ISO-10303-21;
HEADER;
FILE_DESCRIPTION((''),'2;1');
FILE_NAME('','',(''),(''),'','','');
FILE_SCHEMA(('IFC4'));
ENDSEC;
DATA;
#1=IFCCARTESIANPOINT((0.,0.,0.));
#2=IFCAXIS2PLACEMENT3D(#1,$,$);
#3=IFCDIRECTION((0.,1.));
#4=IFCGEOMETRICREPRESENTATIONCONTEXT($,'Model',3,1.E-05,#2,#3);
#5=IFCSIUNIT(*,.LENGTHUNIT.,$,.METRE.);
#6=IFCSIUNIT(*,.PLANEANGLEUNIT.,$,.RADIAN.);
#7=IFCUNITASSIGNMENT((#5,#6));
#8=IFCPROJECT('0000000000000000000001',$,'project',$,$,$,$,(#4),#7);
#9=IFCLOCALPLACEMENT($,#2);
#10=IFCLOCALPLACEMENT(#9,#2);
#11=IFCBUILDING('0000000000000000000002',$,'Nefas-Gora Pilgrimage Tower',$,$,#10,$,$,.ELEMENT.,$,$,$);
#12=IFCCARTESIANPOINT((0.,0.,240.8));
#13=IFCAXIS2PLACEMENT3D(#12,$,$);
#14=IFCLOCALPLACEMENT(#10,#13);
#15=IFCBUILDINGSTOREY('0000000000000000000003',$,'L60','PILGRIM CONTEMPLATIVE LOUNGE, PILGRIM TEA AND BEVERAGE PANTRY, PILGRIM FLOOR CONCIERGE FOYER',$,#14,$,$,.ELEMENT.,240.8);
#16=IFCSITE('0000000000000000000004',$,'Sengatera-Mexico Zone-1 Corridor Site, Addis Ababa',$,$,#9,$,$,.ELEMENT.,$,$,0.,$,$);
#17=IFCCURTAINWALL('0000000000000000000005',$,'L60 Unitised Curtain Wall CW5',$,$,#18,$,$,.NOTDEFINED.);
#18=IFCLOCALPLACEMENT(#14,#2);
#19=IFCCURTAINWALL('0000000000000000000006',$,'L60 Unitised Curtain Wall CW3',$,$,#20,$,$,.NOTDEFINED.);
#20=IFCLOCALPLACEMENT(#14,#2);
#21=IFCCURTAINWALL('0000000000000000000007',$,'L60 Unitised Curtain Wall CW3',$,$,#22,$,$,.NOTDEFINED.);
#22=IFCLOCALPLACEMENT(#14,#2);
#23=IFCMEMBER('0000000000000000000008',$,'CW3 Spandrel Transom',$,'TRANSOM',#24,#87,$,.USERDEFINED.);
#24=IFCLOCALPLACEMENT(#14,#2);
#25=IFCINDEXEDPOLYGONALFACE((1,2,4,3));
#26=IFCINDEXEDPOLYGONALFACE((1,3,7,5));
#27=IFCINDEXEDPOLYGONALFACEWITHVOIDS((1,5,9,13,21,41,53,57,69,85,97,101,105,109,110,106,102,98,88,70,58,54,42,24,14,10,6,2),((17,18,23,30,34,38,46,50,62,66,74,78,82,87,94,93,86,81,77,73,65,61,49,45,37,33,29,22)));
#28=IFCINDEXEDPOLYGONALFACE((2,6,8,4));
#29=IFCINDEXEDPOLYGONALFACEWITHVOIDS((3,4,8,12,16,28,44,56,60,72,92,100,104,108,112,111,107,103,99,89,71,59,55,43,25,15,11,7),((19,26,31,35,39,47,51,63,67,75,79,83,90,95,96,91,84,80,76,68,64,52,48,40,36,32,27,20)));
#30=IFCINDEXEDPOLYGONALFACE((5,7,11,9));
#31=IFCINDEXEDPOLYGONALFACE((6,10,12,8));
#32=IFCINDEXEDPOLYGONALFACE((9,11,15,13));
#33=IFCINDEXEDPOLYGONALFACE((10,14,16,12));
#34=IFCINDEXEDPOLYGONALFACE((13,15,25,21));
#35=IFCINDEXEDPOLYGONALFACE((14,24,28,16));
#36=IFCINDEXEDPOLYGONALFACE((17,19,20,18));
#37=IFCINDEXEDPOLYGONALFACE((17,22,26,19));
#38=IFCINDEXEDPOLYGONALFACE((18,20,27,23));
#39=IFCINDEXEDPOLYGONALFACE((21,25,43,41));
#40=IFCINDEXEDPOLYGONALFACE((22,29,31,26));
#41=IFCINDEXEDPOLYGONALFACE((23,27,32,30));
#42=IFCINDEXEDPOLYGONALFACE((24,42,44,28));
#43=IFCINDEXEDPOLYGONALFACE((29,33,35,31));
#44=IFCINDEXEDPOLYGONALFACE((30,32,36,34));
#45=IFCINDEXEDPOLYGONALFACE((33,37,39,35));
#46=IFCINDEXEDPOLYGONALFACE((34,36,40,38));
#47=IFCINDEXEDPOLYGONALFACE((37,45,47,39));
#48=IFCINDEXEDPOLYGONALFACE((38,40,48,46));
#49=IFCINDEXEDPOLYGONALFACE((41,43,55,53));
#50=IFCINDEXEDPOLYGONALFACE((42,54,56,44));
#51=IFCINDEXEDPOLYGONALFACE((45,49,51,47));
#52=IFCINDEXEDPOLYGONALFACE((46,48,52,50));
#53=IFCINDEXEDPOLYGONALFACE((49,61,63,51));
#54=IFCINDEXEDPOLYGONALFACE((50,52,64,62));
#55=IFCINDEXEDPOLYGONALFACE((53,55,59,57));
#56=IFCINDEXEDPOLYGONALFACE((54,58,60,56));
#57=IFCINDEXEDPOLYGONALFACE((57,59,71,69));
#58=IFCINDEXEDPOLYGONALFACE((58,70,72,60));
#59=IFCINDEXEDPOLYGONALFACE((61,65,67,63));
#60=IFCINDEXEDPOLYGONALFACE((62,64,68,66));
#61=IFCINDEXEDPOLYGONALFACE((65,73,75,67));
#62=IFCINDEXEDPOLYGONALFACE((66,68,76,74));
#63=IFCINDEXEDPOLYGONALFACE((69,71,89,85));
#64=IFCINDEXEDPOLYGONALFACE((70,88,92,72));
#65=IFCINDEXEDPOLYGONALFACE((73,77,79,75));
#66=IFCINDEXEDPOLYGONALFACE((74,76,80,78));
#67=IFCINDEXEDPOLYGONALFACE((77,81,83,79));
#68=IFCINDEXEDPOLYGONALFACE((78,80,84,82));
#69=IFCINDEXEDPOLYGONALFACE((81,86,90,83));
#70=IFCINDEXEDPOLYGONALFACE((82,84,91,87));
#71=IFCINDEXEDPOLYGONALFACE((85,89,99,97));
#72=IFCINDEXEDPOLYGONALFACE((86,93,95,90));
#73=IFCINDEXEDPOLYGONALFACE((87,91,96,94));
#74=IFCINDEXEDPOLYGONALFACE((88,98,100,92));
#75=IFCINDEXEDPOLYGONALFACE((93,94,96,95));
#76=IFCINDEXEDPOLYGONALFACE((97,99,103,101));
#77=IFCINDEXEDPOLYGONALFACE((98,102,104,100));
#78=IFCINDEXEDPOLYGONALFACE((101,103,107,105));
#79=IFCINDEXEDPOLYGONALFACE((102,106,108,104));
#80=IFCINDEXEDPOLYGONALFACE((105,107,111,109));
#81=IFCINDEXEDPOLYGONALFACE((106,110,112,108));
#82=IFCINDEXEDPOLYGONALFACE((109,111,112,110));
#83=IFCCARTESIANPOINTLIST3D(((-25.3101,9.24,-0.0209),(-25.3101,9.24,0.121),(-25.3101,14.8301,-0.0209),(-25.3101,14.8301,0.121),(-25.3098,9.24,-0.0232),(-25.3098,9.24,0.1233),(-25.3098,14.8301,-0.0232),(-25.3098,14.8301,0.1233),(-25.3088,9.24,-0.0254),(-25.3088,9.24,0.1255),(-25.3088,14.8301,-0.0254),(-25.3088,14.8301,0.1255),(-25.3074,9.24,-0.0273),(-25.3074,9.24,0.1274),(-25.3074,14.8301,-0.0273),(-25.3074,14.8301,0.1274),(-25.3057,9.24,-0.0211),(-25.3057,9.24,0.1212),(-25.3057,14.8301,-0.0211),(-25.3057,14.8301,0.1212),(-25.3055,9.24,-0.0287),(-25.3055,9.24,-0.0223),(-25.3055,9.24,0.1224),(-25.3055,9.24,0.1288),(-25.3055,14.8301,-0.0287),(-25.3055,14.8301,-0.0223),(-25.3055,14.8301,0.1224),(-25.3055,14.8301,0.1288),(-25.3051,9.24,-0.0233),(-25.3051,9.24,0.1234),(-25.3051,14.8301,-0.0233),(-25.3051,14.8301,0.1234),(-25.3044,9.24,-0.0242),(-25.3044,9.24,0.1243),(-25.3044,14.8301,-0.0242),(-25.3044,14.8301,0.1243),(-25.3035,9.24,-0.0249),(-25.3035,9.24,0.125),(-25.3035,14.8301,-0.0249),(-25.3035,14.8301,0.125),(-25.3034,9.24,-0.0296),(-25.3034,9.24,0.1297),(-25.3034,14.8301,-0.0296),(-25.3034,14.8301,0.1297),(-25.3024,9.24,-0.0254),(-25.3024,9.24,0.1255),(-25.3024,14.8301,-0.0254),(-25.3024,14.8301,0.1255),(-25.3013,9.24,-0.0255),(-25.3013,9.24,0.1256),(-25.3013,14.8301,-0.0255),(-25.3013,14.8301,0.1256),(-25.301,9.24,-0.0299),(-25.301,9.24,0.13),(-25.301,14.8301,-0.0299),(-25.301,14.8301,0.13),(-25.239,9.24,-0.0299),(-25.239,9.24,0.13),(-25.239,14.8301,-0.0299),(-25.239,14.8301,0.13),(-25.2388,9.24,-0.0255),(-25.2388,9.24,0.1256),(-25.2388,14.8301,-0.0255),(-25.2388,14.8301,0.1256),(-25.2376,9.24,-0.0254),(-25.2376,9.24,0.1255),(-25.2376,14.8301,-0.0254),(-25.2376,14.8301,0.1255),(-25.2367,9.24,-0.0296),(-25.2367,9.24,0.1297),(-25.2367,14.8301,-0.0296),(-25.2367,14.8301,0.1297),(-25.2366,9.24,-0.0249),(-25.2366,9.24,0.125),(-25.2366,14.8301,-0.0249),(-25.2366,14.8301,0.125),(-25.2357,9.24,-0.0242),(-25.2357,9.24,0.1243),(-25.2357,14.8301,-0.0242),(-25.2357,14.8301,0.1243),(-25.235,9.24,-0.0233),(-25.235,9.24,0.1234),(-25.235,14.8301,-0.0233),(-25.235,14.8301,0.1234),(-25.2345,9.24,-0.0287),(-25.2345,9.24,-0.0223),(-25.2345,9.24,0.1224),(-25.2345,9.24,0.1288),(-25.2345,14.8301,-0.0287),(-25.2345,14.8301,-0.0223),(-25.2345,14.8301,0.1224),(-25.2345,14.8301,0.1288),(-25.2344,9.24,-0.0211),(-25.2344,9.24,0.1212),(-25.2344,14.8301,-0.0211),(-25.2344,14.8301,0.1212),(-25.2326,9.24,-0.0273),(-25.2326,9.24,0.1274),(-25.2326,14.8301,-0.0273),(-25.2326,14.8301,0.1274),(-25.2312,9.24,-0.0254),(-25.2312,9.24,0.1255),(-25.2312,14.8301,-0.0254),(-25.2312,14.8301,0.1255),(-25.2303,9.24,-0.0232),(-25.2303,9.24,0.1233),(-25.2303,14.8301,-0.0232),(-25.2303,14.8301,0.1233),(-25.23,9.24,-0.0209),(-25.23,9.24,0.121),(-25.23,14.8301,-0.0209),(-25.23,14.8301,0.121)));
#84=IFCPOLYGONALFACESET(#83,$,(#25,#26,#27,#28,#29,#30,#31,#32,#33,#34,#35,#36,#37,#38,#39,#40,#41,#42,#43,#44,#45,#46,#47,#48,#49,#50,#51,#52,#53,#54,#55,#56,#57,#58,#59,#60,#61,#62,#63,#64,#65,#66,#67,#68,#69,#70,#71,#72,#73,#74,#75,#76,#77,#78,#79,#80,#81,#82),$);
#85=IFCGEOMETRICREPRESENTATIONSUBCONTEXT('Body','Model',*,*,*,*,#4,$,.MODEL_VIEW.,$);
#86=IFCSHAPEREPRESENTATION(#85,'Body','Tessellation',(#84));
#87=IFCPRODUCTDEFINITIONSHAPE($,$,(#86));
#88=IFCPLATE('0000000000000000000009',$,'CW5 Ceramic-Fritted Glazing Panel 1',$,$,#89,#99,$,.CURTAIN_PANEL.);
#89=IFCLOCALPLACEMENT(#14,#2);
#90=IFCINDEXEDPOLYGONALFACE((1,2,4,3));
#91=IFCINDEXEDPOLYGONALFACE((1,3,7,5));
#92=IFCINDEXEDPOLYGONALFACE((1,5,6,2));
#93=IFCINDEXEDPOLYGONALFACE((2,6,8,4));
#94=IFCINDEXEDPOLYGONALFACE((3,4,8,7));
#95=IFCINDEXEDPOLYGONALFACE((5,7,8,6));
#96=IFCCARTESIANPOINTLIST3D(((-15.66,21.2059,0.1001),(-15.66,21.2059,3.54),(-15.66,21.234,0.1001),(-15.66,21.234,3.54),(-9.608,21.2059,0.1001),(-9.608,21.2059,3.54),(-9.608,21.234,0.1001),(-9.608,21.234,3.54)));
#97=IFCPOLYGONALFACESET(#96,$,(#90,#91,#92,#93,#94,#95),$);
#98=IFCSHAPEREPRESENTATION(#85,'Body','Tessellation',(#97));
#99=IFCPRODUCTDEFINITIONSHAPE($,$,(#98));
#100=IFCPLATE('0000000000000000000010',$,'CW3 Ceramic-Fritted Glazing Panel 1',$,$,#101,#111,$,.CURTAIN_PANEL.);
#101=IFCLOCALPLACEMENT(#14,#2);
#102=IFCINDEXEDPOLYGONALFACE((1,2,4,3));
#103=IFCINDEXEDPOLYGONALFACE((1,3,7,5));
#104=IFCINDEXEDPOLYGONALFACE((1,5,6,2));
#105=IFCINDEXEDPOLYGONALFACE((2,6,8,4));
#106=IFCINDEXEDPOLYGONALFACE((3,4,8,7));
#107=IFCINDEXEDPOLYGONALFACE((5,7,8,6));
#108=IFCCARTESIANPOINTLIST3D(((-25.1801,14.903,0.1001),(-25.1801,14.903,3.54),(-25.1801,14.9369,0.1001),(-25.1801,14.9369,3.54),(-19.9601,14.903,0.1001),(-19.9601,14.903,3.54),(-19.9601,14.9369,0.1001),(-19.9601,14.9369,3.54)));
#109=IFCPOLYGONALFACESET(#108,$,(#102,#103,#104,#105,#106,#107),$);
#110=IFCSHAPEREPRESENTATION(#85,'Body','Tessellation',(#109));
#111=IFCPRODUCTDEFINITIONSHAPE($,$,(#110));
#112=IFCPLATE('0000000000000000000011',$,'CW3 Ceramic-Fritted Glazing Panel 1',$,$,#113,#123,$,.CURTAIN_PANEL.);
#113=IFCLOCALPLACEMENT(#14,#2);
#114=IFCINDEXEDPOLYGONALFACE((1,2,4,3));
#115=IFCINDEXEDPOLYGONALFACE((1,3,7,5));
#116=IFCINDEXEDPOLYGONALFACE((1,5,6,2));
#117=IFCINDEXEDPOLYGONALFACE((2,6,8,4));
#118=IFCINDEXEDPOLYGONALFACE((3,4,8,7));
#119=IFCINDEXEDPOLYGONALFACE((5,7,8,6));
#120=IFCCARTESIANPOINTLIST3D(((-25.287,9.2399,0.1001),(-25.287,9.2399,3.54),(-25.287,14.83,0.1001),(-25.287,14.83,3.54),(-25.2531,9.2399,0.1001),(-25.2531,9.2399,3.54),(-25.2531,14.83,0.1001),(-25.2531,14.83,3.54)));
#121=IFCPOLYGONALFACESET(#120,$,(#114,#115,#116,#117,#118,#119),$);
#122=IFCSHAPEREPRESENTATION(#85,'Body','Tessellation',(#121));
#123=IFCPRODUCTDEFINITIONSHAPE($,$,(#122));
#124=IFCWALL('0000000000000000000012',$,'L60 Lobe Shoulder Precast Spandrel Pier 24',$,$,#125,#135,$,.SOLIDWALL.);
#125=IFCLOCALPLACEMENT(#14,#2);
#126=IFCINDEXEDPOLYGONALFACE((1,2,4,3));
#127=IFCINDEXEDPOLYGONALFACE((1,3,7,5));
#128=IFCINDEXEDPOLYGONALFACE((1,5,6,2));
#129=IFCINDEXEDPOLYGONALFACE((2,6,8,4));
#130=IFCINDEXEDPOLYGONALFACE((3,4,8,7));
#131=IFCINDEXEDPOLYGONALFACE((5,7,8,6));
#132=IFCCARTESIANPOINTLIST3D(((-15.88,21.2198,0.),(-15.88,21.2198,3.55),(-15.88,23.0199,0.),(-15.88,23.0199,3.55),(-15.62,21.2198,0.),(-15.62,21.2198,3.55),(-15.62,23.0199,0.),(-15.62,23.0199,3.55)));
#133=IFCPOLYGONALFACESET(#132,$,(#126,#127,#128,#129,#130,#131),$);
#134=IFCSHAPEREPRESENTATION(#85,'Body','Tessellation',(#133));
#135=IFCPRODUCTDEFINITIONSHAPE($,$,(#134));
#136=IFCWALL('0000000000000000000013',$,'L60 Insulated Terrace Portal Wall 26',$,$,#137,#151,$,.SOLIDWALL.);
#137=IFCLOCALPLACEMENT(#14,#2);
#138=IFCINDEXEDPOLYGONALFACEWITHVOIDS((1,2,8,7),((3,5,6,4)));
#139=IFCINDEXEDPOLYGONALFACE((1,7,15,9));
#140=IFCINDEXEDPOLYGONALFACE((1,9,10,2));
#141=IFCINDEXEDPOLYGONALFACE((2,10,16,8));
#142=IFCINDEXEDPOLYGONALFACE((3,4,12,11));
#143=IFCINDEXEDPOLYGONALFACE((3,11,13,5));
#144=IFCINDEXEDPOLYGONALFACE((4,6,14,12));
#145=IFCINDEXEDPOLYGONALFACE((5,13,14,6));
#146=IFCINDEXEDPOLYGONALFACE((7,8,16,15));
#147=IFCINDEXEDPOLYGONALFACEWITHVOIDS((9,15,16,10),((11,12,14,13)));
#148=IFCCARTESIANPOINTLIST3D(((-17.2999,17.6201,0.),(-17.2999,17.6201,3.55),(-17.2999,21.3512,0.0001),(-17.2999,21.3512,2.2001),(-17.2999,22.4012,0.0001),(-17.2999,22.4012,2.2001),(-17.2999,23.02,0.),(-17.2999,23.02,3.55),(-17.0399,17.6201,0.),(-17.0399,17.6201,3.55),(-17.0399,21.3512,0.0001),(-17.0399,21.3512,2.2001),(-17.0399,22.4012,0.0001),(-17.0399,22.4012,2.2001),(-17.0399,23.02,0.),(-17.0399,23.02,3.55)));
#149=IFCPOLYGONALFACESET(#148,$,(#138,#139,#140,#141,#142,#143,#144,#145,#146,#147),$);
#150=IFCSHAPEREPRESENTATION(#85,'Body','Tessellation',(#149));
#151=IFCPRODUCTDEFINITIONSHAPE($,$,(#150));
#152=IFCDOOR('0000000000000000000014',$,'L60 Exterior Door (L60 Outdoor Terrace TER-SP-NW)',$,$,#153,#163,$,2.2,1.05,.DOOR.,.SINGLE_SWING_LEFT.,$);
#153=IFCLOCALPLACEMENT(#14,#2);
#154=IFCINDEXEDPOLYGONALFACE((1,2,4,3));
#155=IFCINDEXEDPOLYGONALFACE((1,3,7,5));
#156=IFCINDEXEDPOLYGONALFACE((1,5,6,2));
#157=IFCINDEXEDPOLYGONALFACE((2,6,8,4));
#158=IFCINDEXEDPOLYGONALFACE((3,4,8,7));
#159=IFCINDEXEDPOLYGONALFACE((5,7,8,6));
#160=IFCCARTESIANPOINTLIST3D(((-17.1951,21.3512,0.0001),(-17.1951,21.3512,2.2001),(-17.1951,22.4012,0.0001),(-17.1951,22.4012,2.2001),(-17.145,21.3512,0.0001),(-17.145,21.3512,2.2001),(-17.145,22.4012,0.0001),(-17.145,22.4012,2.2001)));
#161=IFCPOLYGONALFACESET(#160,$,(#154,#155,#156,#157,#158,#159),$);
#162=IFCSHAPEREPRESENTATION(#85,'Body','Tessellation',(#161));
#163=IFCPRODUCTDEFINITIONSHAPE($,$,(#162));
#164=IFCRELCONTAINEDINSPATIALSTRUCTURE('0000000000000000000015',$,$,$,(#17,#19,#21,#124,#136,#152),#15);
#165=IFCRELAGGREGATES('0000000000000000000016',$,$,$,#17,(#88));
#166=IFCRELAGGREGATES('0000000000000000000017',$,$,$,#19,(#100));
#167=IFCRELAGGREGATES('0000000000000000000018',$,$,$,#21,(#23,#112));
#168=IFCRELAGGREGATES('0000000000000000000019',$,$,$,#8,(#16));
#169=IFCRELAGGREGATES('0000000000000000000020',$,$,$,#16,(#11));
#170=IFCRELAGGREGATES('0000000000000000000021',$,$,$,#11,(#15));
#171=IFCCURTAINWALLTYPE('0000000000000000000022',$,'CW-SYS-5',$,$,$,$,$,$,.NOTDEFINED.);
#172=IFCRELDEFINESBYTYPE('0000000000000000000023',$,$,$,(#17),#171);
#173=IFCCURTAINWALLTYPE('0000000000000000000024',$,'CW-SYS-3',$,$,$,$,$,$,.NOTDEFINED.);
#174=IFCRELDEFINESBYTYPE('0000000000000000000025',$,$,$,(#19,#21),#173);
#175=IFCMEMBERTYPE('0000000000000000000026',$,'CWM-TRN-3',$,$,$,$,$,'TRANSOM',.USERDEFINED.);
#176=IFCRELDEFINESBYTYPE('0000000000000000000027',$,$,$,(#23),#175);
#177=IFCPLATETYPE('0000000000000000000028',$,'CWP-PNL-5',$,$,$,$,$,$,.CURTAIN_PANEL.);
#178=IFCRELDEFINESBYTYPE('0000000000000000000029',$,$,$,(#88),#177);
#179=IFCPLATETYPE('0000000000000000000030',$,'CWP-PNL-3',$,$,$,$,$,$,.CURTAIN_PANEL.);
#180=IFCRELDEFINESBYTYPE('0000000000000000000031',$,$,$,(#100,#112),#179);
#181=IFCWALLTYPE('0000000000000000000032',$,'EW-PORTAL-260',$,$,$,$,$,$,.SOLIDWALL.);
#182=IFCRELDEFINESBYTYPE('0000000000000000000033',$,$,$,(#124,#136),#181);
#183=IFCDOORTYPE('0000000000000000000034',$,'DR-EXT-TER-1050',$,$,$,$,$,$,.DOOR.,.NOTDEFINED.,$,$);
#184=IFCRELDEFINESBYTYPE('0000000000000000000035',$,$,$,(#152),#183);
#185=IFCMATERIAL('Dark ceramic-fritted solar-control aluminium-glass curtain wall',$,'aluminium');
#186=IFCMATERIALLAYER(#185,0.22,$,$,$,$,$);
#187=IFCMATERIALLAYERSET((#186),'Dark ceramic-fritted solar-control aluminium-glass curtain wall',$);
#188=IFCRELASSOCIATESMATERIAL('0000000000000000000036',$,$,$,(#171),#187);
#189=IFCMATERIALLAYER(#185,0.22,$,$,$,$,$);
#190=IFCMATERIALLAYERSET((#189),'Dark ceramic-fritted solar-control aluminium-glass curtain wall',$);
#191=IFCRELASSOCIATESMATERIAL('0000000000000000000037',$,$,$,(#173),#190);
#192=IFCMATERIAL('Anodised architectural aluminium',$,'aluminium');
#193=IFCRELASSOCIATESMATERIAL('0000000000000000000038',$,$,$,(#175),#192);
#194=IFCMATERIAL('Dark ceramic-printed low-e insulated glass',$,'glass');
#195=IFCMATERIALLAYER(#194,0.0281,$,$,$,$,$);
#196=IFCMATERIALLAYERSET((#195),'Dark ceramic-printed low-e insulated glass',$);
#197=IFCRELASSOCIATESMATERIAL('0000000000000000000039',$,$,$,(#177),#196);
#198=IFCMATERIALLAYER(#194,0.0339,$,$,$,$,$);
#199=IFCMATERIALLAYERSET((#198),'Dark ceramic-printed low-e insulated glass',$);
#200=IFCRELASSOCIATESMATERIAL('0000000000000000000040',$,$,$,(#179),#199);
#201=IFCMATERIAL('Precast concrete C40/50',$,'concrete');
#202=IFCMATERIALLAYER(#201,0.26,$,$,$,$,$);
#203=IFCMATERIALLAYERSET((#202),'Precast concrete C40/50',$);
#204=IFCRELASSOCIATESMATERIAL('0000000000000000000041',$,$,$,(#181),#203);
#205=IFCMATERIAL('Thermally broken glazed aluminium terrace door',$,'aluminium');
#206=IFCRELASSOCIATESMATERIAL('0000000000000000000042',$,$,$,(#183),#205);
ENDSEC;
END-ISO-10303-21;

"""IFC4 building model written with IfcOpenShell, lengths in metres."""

from ifc_helpers import new_model, si_unit, direction, frame, frame_2d, origin, origin_2d, place, context, subcontext, project, spatial, rectangle, hollow_rectangle, extrude, source, transform, mapped, material, layer, layer_set, material_profile, profile_set, type_object, element, fill, aggregate, save


model = new_model("IFC4")

# Units and contexts
model_context = context("Model", 3, precision=1e-05, world=origin(), true_north=direction((0.0, 1.0)))
body_context = subcontext(model_context, "Body", "Model", "MODEL_VIEW")
ifc_project = project(units=[si_unit("LENGTHUNIT", "METRE"), si_unit("PLANEANGLEUNIT", "RADIAN")], contexts=[model_context])

# Site, building, storey
site_placement = place(None, origin())
site = spatial("IfcSite", under=ifc_project, at=site_placement, Name="Sengatera-Mexico Zone-1 Corridor Site, Addis Ababa", CompositionType="ELEMENT", RefElevation=0.0)
building_placement = place(site_placement, origin())
building = spatial("IfcBuilding", under=site, at=building_placement, Name="Nefas-Gora Pilgrimage Tower", CompositionType="ELEMENT")
storey_placement = place(building_placement, frame((0.0, 0.0, 240.8)))
storey = spatial("IfcBuildingStorey", under=building, at=storey_placement, Name="L60", Description="PILGRIM CONTEMPLATIVE LOUNGE, PILGRIM TEA AND BEVERAGE PANTRY, PILGRIM FLOOR CONCIERGE FOYER", CompositionType="ELEMENT", Elevation=240.8)

# Curtain wall
ifc_material_1 = material(Name="Dark ceramic-fritted solar-control aluminium-glass curtain wall", Category="aluminium")
ifc_layer_1 = layer(ifc_material_1, 0.22)
ifc_layer_set_1 = layer_set([ifc_layer_1], Name="Dark ceramic-fritted solar-control aluminium-glass curtain wall")
curtain_wall_type_1 = type_object("IfcCurtainWallType", Name="CW-SYS-5", PredefinedType="NOTDEFINED", material=ifc_layer_set_1)
curtain_wall_1_placement = place(storey_placement, origin())
curtain_wall_1 = element("IfcCurtainWall", 1, at=curtain_wall_1_placement, inside=storey, type_object=curtain_wall_type_1, Name="L60 Unitised Curtain Wall CW5", PredefinedType="NOTDEFINED")
ifc_material_2 = material(Name="Anodised architectural aluminium", Category="aluminium")

# Curtain walls
ifc_layer_2 = layer(ifc_material_1, 0.22)
ifc_layer_set_2 = layer_set([ifc_layer_2], Name="Dark ceramic-fritted solar-control aluminium-glass curtain wall")
curtain_wall_type_2 = type_object("IfcCurtainWallType", Name="CW-SYS-3", PredefinedType="NOTDEFINED", material=ifc_layer_set_2)
curtain_wall_2_placement = place(storey_placement, origin())
curtain_wall_2 = element("IfcCurtainWall", 2, at=curtain_wall_2_placement, inside=storey, type_object=curtain_wall_type_2, Name="L60 Unitised Curtain Wall CW3", PredefinedType="NOTDEFINED")
curtain_wall_3_placement = place(storey_placement, origin())
curtain_wall_3 = element("IfcCurtainWall", 3, at=curtain_wall_3_placement, inside=storey, type_object=curtain_wall_type_2, Name="L60 Unitised Curtain Wall CW3", PredefinedType="NOTDEFINED")

# Member
ifc_material_profile_1 = material_profile(ifc_material_2, hollow_rectangle(XDim=0.0801, YDim=0.1599, WallThickness=0.0044, InnerFilletRadius=0.0044, OuterFilletRadius=0.009, at=origin_2d()), Name="ALU TRANSOM 80x160")
ifc_profile_set_1 = profile_set([ifc_material_profile_1], Name="Anodised architectural aluminium")
member_type_1 = type_object("IfcMemberType", Name="CWM-TRN-3", ElementType="TRANSOM", PredefinedType="USERDEFINED", material=ifc_profile_set_1)
shared_shape_1 = source(origin(), body_context, "Body", "SweptSolid", [
    extrude(hollow_rectangle(XDim=0.0801, YDim=0.1599, WallThickness=0.0044, InnerFilletRadius=0.0044, OuterFilletRadius=0.009, at=origin_2d()), origin(), (0.0, 0.0, 1.0), 5.5901),
])
member_1_placement = place(storey_placement, frame((-25.27, 14.8301, 0.05), z_axis=(0.0, -1.0, 0.0), x_axis=(1.0, 0.0, 0.0)))
member_1 = element("IfcMember", 4, at=member_1_placement, type_object=member_type_1, Name="CW3 Spandrel Transom", ObjectType="TRANSOM", PredefinedType="USERDEFINED", context=body_context, shape_type="MappedRepresentation", body=[
    mapped(shared_shape_1, transform((0.0, 0.0, 0.0), x_axis=(1.0, 0.0, 0.0), y_axis=(0.0, 1.0, 0.0), z_axis=(0.0, 0.0, 1.0), scale=1.0)),
])

# Plates
ifc_material_3 = material(Name="Dark ceramic-printed low-e insulated glass", Category="glass")
ifc_layer_3 = layer(ifc_material_3, 0.0281)
ifc_layer_set_3 = layer_set([ifc_layer_3], Name="Dark ceramic-printed low-e insulated glass")
plate_type_1 = type_object("IfcPlateType", Name="CWP-PNL-5", PredefinedType="CURTAIN_PANEL", material=ifc_layer_set_3)
shared_shape_2 = source(origin(), body_context, "Body", "SweptSolid", [
    extrude(rectangle(XDim=6.052, YDim=0.0281, at=origin_2d()), origin(), (0.0, 0.0, 1.0), 3.4399),
])
plate_1_placement = place(storey_placement, frame((-12.634, 21.22, 0.1001), z_axis=(0.0, 0.0, 1.0), x_axis=(-1.0, 0.0, 0.0)))
plate_1 = element("IfcPlate", 5, at=plate_1_placement, type_object=plate_type_1, Name="CW5 Ceramic-Fritted Glazing Panel 1", PredefinedType="CURTAIN_PANEL", context=body_context, shape_type="MappedRepresentation", body=[
    mapped(shared_shape_2, transform((0.0, 0.0, 0.0), x_axis=(1.0, 0.0, 0.0), y_axis=(0.0, 1.0, 0.0), z_axis=(0.0, 0.0, 1.0), scale=1.0)),
])
aggregate(curtain_wall_1, [plate_1])
ifc_layer_4 = layer(ifc_material_3, 0.0339)
ifc_layer_set_4 = layer_set([ifc_layer_4], Name="Dark ceramic-printed low-e insulated glass")
plate_type_2 = type_object("IfcPlateType", Name="CWP-PNL-3", PredefinedType="CURTAIN_PANEL", material=ifc_layer_set_4)
shared_shape_3 = source(origin(), body_context, "Body", "SweptSolid", [
    extrude(rectangle(XDim=5.22, YDim=0.0339, at=origin_2d()), origin(), (0.0, 0.0, 1.0), 3.4399),
])
plate_2_placement = place(storey_placement, frame((-22.5701, 14.9199, 0.1001), z_axis=(0.0, 0.0, 1.0), x_axis=(-1.0, 0.0, 0.0)))
plate_2 = element("IfcPlate", 6, at=plate_2_placement, type_object=plate_type_2, Name="CW3 Ceramic-Fritted Glazing Panel 1", PredefinedType="CURTAIN_PANEL", context=body_context, shape_type="MappedRepresentation", body=[
    mapped(shared_shape_3, transform((0.0, 0.0, 0.0), x_axis=(1.0, 0.0, 0.0), y_axis=(0.0, 1.0, 0.0), z_axis=(0.0, 0.0, 1.0), scale=1.0)),
])
aggregate(curtain_wall_2, [plate_2])
shared_shape_4 = source(origin(), body_context, "Body", "SweptSolid", [
    extrude(rectangle(XDim=5.5901, YDim=0.0339, at=origin_2d()), origin(), (0.0, 0.0, 1.0), 3.4399),
])
plate_3_placement = place(storey_placement, frame((-25.27, 12.0349, 0.1001), z_axis=(0.0, 0.0, 1.0), x_axis=(0.0, -1.0, 0.0)))
plate_3 = element("IfcPlate", 7, at=plate_3_placement, type_object=plate_type_2, Name="CW3 Ceramic-Fritted Glazing Panel 1", PredefinedType="CURTAIN_PANEL", context=body_context, shape_type="MappedRepresentation", body=[
    mapped(shared_shape_4, transform((0.0, 0.0, 0.0), x_axis=(1.0, 0.0, 0.0), y_axis=(0.0, 1.0, 0.0), z_axis=(0.0, 0.0, 1.0), scale=1.0)),
])
aggregate(curtain_wall_3, [member_1, plate_3])

# Wall
ifc_material_4 = material(Name="Precast concrete C40/50", Category="concrete")
ifc_layer_5 = layer(ifc_material_4, 0.26)
ifc_layer_set_5 = layer_set([ifc_layer_5], Name="Precast concrete C40/50")
wall_type_1 = type_object("IfcWallType", Name="EW-PORTAL-260", PredefinedType="SOLIDWALL", material=ifc_layer_set_5)
shared_shape_5 = source(origin(), body_context, "Body", "SweptSolid", [
    extrude(rectangle(XDim=1.8, YDim=0.26, at=frame_2d((0.8999, 0.0))), origin(), (0.0, 0.0, 1.0), 3.55),
])
wall_1_placement = place(storey_placement, frame((-15.75, 21.22, 0.0), z_axis=(0.0, 0.0, 1.0), x_axis=(0.0, 1.0, 0.0)))
element("IfcWall", 8, at=wall_1_placement, inside=storey, type_object=wall_type_1, Name="L60 Lobe Shoulder Precast Spandrel Pier 24", PredefinedType="SOLIDWALL", context=body_context, shape_type="MappedRepresentation", body=[
    mapped(shared_shape_5, transform((0.0, 0.0, 0.0), x_axis=(1.0, 0.0, 0.0), y_axis=(0.0, 1.0, 0.0), z_axis=(0.0, 0.0, 1.0), scale=1.0)),
])

# Wall, opening, door
shared_shape_6 = source(origin(), body_context, "Body", "SweptSolid", [
    extrude(rectangle(XDim=5.3999, YDim=0.26, at=frame_2d((2.7, 0.0))), origin(), (0.0, 0.0, 1.0), 3.55),
])
wall_2_placement = place(storey_placement, frame((-17.1699, 23.02, 0.0), z_axis=(0.0, 0.0, 1.0), x_axis=(0.0, -1.0, 0.0)))
wall_2 = element("IfcWall", 9, at=wall_2_placement, inside=storey, type_object=wall_type_1, Name="L60 Insulated Terrace Portal Wall 26", PredefinedType="SOLIDWALL", context=body_context, shape_type="MappedRepresentation", body=[
    mapped(shared_shape_6, transform((0.0, 0.0, 0.0), x_axis=(1.0, 0.0, 0.0), y_axis=(0.0, 1.0, 0.0), z_axis=(0.0, 0.0, 1.0), scale=1.0)),
])
opening_1_placement = place(wall_2_placement, frame((0.6189, 0.0, 0.0)))
opening_1 = element("IfcOpeningElement", 10, at=opening_1_placement, cuts=wall_2, PredefinedType="OPENING", context=body_context, shape_type="SweptSolid", body=[
    extrude(rectangle(XDim=1.05, YDim=2.2, at=frame_2d((0.5249, 1.1001))), frame((0.0, 0.1399, 0.0), z_axis=(0.0, -1.0, 0.0), x_axis=(1.0, 0.0, 0.0)), (0.0, 0.0, 1.0), 0.28),
])
ifc_material_5 = material(Name="Thermally broken glazed aluminium terrace door", Category="aluminium")
door_type_1 = type_object("IfcDoorType", Name="DR-EXT-TER-1050", OperationType="NOTDEFINED", PredefinedType="DOOR", material=ifc_material_5)
shared_shape_7 = source(origin(), body_context, "Body", "SweptSolid", [
    extrude(rectangle(XDim=1.05, YDim=2.2, at=frame_2d((0.5249, 1.1001))), frame((0.0, 0.0249, 0.0), z_axis=(0.0, -1.0, 0.0), x_axis=(1.0, 0.0, 0.0)), (0.0, 0.0, 1.0), 0.05),
])
door_1_placement = place(opening_1_placement, origin())
door_1 = element("IfcDoor", 11, at=door_1_placement, inside=storey, type_object=door_type_1, Name="L60 Exterior Door (L60 Outdoor Terrace TER-SP-NW)", OperationType="SINGLE_SWING_LEFT", OverallHeight=2.2, OverallWidth=1.05, PredefinedType="DOOR", context=body_context, shape_type="MappedRepresentation", body=[
    mapped(shared_shape_7, transform((0.0, 0.0, 0.0), x_axis=(1.0, 0.0, 0.0), y_axis=(0.0, 1.0, 0.0), z_axis=(0.0, 0.0, 1.0), scale=1.0)),
])
fill(opening_1, door_1)

save(model, "model.ifc")
